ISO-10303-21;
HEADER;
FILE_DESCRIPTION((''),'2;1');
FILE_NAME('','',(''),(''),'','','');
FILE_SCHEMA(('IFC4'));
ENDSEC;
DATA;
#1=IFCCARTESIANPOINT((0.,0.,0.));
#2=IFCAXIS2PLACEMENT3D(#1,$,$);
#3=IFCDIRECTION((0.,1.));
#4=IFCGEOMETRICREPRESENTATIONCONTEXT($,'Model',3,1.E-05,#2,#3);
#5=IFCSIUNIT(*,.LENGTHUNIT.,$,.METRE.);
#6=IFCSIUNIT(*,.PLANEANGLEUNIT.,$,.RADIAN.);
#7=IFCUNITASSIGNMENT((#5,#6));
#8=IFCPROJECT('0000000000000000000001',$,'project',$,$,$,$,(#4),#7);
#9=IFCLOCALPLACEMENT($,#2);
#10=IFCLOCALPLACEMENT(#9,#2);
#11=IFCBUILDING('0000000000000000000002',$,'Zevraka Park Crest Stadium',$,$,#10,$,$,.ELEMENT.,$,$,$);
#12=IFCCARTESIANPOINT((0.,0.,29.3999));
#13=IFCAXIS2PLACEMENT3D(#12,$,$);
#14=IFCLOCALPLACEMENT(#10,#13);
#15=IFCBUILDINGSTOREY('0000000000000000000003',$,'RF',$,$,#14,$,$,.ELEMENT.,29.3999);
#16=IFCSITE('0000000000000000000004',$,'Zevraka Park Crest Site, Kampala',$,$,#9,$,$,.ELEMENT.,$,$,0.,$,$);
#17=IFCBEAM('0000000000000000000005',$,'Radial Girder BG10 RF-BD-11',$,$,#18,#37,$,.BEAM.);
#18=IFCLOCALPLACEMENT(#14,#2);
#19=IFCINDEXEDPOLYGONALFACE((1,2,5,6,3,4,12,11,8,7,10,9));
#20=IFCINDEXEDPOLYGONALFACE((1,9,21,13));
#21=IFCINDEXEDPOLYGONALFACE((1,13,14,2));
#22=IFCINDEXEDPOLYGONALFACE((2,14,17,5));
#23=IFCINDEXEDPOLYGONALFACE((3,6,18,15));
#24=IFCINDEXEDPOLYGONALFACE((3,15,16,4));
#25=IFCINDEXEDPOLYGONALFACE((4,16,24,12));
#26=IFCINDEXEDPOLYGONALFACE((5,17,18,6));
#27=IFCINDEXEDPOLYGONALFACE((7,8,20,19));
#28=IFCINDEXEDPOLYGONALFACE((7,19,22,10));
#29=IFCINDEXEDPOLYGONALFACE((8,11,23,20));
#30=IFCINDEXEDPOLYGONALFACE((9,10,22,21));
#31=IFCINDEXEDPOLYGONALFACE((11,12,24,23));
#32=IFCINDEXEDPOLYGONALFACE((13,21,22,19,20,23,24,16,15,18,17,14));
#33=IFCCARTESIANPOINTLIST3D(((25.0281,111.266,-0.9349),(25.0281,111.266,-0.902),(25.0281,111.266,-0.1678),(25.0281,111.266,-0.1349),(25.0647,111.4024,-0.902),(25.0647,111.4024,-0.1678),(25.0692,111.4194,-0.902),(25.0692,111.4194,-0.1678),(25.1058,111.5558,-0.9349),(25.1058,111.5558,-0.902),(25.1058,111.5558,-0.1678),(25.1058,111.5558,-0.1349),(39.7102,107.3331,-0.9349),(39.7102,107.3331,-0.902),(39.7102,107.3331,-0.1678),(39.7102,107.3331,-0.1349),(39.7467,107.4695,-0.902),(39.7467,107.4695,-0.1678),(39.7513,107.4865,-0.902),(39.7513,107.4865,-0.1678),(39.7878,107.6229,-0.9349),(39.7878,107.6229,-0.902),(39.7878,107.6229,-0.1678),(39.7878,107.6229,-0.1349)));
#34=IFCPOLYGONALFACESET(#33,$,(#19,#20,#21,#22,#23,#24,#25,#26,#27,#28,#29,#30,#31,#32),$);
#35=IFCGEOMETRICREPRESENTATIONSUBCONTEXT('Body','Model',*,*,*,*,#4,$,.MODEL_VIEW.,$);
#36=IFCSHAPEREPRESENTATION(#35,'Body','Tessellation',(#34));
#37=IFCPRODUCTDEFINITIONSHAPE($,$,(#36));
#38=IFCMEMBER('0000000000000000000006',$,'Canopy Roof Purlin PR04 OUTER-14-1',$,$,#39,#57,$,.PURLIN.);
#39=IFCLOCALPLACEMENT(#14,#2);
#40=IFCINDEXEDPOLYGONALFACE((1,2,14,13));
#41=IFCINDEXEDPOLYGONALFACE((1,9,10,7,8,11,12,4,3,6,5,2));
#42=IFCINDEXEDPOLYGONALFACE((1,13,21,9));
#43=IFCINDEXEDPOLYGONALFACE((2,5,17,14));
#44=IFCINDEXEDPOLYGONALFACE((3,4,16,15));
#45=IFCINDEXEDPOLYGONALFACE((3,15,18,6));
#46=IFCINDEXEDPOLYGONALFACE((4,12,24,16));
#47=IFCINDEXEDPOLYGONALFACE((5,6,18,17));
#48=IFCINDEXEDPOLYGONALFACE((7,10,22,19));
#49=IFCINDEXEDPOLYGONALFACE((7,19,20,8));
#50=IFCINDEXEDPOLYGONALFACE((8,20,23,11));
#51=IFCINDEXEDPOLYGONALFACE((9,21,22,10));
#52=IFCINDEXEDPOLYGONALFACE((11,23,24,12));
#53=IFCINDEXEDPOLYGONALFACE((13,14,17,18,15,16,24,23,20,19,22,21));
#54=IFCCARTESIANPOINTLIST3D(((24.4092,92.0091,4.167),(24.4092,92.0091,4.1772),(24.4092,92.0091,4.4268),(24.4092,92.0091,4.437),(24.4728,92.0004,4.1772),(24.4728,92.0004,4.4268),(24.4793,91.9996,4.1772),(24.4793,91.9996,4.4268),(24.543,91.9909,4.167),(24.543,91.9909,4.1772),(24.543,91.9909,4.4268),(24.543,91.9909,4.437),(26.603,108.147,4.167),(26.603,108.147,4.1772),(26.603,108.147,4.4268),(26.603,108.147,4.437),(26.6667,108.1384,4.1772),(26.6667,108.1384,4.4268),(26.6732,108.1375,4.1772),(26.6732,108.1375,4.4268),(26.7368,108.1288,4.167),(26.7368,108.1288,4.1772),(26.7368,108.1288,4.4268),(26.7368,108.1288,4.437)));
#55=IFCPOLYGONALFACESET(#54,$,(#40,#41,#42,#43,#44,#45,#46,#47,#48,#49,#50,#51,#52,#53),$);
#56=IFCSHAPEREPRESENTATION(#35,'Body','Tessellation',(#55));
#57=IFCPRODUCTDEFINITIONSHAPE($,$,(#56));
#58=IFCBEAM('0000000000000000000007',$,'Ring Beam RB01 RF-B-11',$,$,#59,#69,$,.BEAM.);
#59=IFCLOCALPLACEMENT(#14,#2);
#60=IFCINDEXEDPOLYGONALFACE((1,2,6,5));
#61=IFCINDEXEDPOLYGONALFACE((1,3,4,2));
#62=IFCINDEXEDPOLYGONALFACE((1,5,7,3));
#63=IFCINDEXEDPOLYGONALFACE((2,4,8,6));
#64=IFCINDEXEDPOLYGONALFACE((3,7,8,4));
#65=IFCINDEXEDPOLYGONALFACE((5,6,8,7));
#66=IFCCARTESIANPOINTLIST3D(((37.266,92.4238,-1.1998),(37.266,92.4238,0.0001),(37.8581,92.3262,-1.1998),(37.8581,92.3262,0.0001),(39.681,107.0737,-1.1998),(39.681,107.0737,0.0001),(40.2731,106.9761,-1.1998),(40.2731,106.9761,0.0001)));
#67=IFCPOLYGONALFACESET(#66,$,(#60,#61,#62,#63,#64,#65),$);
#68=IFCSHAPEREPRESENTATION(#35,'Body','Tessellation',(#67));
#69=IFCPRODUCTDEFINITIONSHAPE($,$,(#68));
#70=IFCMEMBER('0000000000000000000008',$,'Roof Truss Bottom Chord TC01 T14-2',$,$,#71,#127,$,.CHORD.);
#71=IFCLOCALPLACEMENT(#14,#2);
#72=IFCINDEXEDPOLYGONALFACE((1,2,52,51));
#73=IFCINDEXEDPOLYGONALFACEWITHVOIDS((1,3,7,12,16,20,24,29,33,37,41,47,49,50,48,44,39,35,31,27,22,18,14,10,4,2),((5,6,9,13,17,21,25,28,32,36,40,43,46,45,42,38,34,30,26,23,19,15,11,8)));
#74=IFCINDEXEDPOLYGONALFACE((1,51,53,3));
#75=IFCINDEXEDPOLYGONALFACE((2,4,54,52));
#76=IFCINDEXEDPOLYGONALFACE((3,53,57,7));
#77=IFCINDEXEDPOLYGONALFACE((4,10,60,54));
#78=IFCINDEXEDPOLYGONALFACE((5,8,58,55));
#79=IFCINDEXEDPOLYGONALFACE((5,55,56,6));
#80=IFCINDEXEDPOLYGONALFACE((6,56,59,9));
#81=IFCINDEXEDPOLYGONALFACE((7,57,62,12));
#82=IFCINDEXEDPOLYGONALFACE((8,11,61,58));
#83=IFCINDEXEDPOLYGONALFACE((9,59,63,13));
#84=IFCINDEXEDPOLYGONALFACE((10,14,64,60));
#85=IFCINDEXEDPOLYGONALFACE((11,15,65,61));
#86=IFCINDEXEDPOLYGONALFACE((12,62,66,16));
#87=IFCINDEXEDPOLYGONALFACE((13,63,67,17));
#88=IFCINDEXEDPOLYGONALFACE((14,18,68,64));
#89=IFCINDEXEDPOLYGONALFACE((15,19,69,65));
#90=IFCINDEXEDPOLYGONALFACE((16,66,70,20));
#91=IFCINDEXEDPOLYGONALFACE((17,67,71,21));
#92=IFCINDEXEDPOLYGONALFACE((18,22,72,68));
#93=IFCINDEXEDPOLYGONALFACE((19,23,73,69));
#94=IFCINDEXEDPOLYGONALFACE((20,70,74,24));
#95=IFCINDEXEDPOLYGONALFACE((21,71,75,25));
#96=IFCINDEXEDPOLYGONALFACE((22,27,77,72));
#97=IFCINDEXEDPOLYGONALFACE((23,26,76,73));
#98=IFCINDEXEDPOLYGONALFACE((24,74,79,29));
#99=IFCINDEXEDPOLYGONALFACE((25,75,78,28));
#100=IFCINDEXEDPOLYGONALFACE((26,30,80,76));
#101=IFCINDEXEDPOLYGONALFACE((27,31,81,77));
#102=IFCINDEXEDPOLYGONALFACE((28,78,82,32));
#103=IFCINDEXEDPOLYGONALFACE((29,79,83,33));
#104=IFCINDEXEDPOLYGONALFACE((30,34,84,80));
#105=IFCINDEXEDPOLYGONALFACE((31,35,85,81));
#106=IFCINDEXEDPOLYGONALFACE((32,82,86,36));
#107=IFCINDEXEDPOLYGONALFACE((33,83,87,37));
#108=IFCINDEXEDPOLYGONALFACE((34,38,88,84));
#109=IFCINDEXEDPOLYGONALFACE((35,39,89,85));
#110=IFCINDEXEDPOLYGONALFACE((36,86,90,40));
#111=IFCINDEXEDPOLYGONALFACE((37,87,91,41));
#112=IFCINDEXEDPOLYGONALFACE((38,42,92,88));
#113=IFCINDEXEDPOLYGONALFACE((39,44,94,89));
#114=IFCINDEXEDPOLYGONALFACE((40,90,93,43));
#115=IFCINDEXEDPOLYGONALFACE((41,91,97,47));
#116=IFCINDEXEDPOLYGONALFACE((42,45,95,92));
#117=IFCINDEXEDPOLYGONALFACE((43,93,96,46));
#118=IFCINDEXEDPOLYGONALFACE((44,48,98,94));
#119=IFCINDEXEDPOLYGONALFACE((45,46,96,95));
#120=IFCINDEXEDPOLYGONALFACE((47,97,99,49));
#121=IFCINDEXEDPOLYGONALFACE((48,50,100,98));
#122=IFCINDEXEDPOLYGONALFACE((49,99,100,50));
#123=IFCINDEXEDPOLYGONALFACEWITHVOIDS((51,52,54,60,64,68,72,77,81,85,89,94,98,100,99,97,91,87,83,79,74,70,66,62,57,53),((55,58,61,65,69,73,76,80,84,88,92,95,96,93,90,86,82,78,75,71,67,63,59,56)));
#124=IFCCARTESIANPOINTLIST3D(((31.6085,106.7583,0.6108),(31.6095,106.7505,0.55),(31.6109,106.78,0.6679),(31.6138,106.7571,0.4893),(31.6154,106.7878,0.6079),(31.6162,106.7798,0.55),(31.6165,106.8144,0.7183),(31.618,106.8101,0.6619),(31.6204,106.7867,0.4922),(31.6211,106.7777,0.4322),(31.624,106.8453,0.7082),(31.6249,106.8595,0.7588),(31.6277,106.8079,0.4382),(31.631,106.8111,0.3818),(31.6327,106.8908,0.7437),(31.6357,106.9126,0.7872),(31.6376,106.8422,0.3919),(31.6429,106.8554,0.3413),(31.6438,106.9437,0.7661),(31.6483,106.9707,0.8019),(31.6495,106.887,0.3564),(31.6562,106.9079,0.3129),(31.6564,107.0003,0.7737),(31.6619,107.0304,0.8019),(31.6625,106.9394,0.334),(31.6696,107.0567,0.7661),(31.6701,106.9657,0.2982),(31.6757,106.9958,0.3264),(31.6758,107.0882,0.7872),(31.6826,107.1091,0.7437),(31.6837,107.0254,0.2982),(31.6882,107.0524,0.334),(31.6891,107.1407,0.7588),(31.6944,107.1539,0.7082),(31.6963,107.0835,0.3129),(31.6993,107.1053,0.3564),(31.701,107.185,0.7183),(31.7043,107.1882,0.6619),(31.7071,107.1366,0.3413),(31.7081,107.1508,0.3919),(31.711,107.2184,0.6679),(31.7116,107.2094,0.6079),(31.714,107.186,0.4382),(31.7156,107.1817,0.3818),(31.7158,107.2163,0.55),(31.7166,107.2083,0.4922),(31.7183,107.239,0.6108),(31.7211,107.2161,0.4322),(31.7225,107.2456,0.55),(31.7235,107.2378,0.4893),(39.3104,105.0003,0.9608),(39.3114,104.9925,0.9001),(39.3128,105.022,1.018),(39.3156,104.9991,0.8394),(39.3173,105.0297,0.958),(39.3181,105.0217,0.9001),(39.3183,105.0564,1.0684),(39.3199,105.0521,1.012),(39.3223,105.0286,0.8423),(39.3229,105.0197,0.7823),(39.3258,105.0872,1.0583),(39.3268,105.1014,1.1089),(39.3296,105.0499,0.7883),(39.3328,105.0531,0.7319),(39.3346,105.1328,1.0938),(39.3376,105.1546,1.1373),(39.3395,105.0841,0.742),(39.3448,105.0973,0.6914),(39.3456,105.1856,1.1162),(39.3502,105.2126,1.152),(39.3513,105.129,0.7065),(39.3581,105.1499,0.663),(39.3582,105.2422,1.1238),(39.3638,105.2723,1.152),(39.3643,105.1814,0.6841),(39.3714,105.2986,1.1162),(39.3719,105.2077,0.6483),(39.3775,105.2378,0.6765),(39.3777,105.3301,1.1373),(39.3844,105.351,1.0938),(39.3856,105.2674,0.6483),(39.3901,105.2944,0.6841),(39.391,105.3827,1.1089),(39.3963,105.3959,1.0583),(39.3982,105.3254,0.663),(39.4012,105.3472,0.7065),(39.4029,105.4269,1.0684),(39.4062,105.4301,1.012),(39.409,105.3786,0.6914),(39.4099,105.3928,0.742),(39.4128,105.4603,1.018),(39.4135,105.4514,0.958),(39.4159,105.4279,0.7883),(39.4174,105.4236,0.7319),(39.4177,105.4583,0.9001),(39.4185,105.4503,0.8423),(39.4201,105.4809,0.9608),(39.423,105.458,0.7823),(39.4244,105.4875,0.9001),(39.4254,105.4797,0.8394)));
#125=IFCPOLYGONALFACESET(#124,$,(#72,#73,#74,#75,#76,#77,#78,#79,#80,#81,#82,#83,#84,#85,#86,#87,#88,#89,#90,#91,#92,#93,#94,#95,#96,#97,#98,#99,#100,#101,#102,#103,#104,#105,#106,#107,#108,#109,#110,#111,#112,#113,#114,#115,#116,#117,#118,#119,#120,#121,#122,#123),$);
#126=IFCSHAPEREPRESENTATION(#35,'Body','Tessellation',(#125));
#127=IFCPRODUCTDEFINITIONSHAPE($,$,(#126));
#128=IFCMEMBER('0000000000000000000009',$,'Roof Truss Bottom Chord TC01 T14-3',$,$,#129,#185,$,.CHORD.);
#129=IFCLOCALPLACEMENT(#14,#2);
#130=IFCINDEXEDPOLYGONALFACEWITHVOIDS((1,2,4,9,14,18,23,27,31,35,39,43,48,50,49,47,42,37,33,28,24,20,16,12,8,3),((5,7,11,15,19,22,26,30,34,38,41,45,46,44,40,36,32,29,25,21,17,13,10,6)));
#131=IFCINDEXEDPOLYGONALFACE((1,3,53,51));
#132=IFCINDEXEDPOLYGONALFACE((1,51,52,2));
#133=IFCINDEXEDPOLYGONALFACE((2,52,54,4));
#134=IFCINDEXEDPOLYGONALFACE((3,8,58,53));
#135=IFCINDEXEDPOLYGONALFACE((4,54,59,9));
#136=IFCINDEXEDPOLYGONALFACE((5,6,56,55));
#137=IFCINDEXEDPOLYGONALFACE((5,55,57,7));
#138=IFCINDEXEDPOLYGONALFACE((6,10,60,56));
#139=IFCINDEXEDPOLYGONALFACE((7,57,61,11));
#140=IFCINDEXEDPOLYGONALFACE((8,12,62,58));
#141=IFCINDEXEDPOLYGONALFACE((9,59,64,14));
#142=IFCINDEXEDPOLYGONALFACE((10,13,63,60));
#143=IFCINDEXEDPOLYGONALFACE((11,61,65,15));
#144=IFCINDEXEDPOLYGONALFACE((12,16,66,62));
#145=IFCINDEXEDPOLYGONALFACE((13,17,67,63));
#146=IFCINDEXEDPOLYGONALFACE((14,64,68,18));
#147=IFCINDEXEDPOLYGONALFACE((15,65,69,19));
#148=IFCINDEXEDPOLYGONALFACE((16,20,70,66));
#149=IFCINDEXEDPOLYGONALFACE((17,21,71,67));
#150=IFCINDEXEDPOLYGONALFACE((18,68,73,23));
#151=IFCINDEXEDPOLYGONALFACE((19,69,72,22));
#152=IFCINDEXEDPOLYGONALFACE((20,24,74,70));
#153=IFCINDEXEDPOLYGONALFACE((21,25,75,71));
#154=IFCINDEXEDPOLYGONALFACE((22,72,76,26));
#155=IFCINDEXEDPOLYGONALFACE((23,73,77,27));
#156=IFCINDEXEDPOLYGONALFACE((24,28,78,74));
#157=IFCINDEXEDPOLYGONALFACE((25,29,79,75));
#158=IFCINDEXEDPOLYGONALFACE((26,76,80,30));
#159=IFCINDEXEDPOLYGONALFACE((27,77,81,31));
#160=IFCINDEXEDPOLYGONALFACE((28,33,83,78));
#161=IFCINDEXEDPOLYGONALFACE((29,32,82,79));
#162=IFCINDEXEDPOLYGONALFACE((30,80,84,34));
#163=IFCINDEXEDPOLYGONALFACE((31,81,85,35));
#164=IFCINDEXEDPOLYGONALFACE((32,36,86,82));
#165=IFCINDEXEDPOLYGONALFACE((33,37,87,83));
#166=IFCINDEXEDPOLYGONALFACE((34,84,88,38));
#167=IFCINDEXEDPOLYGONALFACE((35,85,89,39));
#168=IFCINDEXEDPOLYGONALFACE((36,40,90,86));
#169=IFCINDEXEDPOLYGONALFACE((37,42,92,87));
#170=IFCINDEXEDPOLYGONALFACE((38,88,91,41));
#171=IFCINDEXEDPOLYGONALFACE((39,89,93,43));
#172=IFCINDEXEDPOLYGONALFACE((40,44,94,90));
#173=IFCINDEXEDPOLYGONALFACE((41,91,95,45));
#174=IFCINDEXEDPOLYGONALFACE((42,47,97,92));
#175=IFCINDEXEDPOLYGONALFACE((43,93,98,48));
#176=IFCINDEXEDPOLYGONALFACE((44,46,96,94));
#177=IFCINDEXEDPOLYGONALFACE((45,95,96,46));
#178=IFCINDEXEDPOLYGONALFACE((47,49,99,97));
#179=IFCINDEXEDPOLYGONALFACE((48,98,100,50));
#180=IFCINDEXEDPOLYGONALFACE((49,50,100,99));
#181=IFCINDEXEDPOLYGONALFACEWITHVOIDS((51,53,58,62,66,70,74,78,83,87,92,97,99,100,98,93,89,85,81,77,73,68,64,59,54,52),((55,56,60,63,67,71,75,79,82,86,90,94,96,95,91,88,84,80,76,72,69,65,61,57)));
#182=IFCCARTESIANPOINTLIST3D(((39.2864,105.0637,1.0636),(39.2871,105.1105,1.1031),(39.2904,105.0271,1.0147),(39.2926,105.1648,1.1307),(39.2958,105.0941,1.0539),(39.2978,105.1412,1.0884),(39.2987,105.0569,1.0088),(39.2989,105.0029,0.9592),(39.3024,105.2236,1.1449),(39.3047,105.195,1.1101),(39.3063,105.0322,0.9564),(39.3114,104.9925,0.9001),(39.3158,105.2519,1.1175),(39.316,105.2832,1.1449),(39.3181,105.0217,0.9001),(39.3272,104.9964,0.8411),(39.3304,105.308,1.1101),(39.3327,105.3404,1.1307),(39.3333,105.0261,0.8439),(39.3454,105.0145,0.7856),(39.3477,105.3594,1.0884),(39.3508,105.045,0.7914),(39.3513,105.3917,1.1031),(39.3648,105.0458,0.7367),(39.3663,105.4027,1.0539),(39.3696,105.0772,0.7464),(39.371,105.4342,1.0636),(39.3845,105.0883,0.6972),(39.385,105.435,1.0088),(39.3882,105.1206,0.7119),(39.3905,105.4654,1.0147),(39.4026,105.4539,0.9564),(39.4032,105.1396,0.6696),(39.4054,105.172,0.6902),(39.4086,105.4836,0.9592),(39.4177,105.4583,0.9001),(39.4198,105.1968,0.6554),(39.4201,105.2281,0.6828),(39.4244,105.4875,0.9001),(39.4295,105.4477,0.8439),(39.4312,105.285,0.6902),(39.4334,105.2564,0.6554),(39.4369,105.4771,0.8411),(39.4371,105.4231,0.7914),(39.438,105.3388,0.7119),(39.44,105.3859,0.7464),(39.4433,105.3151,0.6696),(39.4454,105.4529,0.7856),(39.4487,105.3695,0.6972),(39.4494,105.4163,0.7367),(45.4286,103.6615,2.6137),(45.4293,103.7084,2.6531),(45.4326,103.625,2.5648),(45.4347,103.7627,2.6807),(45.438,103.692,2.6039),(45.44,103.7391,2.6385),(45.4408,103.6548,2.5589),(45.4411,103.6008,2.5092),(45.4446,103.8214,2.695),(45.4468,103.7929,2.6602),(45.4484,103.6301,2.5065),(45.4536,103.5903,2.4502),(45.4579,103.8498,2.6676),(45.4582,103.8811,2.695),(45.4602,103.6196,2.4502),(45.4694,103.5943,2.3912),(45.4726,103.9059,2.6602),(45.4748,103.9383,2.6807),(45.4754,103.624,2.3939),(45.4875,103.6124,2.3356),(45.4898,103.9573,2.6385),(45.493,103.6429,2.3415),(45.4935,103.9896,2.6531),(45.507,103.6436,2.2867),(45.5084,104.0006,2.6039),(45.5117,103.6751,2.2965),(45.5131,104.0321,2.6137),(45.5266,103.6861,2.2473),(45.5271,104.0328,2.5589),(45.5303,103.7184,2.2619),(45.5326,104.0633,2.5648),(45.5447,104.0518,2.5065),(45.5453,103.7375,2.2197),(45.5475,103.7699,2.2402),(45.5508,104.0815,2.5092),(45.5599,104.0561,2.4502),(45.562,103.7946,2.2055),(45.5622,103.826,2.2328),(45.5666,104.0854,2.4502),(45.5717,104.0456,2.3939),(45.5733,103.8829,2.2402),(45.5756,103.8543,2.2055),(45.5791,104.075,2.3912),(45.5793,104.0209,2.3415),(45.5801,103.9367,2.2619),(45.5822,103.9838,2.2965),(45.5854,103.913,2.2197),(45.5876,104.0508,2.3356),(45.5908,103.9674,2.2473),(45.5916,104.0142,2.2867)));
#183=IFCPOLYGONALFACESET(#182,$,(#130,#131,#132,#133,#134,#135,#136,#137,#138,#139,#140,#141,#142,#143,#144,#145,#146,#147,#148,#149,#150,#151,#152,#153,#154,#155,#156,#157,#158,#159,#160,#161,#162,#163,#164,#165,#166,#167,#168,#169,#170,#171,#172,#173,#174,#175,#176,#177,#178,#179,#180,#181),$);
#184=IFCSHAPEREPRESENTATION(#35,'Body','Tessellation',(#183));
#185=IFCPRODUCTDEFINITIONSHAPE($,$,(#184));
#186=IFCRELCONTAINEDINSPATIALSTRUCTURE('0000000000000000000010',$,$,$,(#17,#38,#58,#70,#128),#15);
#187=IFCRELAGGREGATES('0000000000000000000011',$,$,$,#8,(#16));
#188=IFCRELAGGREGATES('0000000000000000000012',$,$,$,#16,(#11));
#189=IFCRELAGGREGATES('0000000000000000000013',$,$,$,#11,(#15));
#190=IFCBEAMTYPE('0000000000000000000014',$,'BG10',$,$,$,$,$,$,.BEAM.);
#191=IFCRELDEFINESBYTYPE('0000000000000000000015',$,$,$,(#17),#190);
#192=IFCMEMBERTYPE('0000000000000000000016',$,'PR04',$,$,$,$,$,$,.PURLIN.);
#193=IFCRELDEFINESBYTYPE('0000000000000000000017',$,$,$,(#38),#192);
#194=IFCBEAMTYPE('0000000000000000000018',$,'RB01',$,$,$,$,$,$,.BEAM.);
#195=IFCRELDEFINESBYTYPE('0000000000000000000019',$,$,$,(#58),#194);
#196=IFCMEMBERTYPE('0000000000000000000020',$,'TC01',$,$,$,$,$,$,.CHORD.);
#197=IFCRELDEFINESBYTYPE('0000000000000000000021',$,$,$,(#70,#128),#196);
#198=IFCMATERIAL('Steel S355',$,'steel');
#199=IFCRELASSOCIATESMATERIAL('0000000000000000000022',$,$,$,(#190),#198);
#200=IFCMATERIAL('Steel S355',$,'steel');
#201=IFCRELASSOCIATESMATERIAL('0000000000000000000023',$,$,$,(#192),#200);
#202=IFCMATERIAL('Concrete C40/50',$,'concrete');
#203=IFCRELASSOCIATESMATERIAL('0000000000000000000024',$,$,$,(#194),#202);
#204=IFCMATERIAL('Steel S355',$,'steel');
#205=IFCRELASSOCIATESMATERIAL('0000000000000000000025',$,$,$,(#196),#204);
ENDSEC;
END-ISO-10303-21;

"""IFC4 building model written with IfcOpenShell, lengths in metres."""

from ifc_helpers import new_model, si_unit, direction, frame, origin, origin_2d, place, context, subcontext, project, spatial, rectangle, hollow_circle, i_section, extrude, material, material_profile, profile_set, type_object, element, save


model = new_model("IFC4")

# Units and contexts
model_context = context("Model", 3, precision=1e-05, world=origin(), true_north=direction((0.0, 1.0)))
body_context = subcontext(model_context, "Body", "Model", "MODEL_VIEW")
ifc_project = project(units=[si_unit("LENGTHUNIT", "METRE"), si_unit("PLANEANGLEUNIT", "RADIAN")], contexts=[model_context])

# Site, building, storey
site_placement = place(None, origin())
site = spatial("IfcSite", under=ifc_project, at=site_placement, Name="Zevraka Park Crest Site, Kampala", CompositionType="ELEMENT", RefElevation=0.0)
building_placement = place(site_placement, origin())
building = spatial("IfcBuilding", under=site, at=building_placement, Name="Zevraka Park Crest Stadium", CompositionType="ELEMENT")
storey_placement = place(building_placement, frame((0.0, 0.0, 29.3999)))
storey = spatial("IfcBuildingStorey", under=building, at=storey_placement, Name="RF", CompositionType="ELEMENT", Elevation=29.3999)

# Beam
ifc_material_1 = material(Name="Steel S355", Category="steel")
ifc_material_profile_1 = material_profile(ifc_material_1, i_section(OverallWidth=0.3, OverallDepth=0.8, WebThickness=0.0176, FlangeThickness=0.033, at=origin_2d()), Name="HEB 800")
ifc_profile_set_1 = profile_set([ifc_material_profile_1], Name="Steel S355")
beam_type_1 = type_object("IfcBeamType", Name="BG10", PredefinedType="BEAM", material=ifc_profile_set_1)
beam_1_placement = place(storey_placement, frame((39.749, 107.478, -0.5349), z_axis=(-0.965946, 0.258745, 0.0), x_axis=(-0.258745, -0.965946, 0.0)))
element("IfcBeam", 1, at=beam_1_placement, inside=storey, type_object=beam_type_1, Name="Radial Girder BG10 RF-BD-11", PredefinedType="BEAM", context=body_context, shape_type="SweptSolid", body=[
    extrude(i_section(OverallWidth=0.3, OverallDepth=0.8, WebThickness=0.0176, FlangeThickness=0.033, at=origin_2d()), origin(), (0.0, 0.0, 1.0), 15.1997),
])

# Member
ifc_material_2 = material(Name="Steel S355", Category="steel")
ifc_material_profile_2 = material_profile(ifc_material_2, i_section(OverallWidth=0.135, OverallDepth=0.27, WebThickness=0.0066, FlangeThickness=0.0103, at=origin_2d()), Name="IPE 270")
ifc_profile_set_2 = profile_set([ifc_material_profile_2], Name="Steel S355")
member_type_1 = type_object("IfcMemberType", Name="PR04", PredefinedType="PURLIN", material=ifc_profile_set_2)
member_1_placement = place(storey_placement, frame((26.6699, 108.1379, 4.302), z_axis=(-0.134704, -0.990886, 0.0), x_axis=(0.990886, -0.134704, 0.0)))
element("IfcMember", 2, at=member_1_placement, inside=storey, type_object=member_type_1, Name="Canopy Roof Purlin PR04 OUTER-14-1", PredefinedType="PURLIN", context=body_context, shape_type="SweptSolid", body=[
    extrude(i_section(OverallWidth=0.135, OverallDepth=0.27, WebThickness=0.0066, FlangeThickness=0.0103, at=origin_2d()), origin(), (0.0, 0.0, 1.0), 16.2864),
])

# Beam
ifc_material_3 = material(Name="Concrete C40/50", Category="concrete")
ifc_material_profile_3 = material_profile(ifc_material_3, rectangle(XDim=0.6001, YDim=1.2, at=origin_2d()), Name="RC 1200x600")
ifc_profile_set_3 = profile_set([ifc_material_profile_3], Name="Concrete C40/50")
beam_type_2 = type_object("IfcBeamType", Name="RB01", PredefinedType="BEAM", material=ifc_profile_set_3)
beam_2_placement = place(storey_placement, frame((39.9771, 107.0249, -0.5999), z_axis=(-0.162655, -0.986683, 0.0), x_axis=(0.986683, -0.162655, 0.0)))
element("IfcBeam", 3, at=beam_2_placement, inside=storey, type_object=beam_type_2, Name="Ring Beam RB01 RF-B-11", PredefinedType="BEAM", context=body_context, shape_type="SweptSolid", body=[
    extrude(rectangle(XDim=0.6001, YDim=1.2, at=origin_2d()), origin(), (0.0, 0.0, 1.0), 14.8477),
])

# Members
ifc_material_4 = material(Name="Steel S355", Category="steel")
ifc_material_profile_4 = material_profile(ifc_material_4, hollow_circle(Radius=0.2539, WallThickness=0.03, at=origin_2d()), Name="CHS 508.0x30")
ifc_profile_set_4 = profile_set([ifc_material_profile_4], Name="Steel S355")
member_type_2 = type_object("IfcMemberType", Name="TC01", PredefinedType="CHORD", material=ifc_profile_set_4)
member_2_placement = place(storey_placement, frame((31.666, 106.998, 0.55), z_axis=(0.973968, -0.22232, 0.044273), x_axis=(0.222539, 0.974924, 0.0)))
element("IfcMember", 4, at=member_2_placement, inside=storey, type_object=member_type_2, Name="Roof Truss Bottom Chord TC01 T14-2", PredefinedType="CHORD", context=body_context, shape_type="SweptSolid", body=[
    extrude(hollow_circle(Radius=0.2539, WallThickness=0.03, at=origin_2d()), origin(), (0.0, 0.0, 1.0), 7.9077),
])
member_3_placement = place(storey_placement, frame((39.3679, 105.24, 0.9001), z_axis=(0.946688, -0.216107, 0.238911), x_axis=(0.222552, 0.974921, 0.0)))
element("IfcMember", 5, at=member_3_placement, inside=storey, type_object=member_type_2, Name="Roof Truss Bottom Chord TC01 T14-3", PredefinedType="CHORD", context=body_context, shape_type="SweptSolid", body=[
    extrude(hollow_circle(Radius=0.2539, WallThickness=0.03, at=origin_2d()), origin(), (0.0, 0.0, 1.0), 6.488),
])

save(model, "model.ifc")
